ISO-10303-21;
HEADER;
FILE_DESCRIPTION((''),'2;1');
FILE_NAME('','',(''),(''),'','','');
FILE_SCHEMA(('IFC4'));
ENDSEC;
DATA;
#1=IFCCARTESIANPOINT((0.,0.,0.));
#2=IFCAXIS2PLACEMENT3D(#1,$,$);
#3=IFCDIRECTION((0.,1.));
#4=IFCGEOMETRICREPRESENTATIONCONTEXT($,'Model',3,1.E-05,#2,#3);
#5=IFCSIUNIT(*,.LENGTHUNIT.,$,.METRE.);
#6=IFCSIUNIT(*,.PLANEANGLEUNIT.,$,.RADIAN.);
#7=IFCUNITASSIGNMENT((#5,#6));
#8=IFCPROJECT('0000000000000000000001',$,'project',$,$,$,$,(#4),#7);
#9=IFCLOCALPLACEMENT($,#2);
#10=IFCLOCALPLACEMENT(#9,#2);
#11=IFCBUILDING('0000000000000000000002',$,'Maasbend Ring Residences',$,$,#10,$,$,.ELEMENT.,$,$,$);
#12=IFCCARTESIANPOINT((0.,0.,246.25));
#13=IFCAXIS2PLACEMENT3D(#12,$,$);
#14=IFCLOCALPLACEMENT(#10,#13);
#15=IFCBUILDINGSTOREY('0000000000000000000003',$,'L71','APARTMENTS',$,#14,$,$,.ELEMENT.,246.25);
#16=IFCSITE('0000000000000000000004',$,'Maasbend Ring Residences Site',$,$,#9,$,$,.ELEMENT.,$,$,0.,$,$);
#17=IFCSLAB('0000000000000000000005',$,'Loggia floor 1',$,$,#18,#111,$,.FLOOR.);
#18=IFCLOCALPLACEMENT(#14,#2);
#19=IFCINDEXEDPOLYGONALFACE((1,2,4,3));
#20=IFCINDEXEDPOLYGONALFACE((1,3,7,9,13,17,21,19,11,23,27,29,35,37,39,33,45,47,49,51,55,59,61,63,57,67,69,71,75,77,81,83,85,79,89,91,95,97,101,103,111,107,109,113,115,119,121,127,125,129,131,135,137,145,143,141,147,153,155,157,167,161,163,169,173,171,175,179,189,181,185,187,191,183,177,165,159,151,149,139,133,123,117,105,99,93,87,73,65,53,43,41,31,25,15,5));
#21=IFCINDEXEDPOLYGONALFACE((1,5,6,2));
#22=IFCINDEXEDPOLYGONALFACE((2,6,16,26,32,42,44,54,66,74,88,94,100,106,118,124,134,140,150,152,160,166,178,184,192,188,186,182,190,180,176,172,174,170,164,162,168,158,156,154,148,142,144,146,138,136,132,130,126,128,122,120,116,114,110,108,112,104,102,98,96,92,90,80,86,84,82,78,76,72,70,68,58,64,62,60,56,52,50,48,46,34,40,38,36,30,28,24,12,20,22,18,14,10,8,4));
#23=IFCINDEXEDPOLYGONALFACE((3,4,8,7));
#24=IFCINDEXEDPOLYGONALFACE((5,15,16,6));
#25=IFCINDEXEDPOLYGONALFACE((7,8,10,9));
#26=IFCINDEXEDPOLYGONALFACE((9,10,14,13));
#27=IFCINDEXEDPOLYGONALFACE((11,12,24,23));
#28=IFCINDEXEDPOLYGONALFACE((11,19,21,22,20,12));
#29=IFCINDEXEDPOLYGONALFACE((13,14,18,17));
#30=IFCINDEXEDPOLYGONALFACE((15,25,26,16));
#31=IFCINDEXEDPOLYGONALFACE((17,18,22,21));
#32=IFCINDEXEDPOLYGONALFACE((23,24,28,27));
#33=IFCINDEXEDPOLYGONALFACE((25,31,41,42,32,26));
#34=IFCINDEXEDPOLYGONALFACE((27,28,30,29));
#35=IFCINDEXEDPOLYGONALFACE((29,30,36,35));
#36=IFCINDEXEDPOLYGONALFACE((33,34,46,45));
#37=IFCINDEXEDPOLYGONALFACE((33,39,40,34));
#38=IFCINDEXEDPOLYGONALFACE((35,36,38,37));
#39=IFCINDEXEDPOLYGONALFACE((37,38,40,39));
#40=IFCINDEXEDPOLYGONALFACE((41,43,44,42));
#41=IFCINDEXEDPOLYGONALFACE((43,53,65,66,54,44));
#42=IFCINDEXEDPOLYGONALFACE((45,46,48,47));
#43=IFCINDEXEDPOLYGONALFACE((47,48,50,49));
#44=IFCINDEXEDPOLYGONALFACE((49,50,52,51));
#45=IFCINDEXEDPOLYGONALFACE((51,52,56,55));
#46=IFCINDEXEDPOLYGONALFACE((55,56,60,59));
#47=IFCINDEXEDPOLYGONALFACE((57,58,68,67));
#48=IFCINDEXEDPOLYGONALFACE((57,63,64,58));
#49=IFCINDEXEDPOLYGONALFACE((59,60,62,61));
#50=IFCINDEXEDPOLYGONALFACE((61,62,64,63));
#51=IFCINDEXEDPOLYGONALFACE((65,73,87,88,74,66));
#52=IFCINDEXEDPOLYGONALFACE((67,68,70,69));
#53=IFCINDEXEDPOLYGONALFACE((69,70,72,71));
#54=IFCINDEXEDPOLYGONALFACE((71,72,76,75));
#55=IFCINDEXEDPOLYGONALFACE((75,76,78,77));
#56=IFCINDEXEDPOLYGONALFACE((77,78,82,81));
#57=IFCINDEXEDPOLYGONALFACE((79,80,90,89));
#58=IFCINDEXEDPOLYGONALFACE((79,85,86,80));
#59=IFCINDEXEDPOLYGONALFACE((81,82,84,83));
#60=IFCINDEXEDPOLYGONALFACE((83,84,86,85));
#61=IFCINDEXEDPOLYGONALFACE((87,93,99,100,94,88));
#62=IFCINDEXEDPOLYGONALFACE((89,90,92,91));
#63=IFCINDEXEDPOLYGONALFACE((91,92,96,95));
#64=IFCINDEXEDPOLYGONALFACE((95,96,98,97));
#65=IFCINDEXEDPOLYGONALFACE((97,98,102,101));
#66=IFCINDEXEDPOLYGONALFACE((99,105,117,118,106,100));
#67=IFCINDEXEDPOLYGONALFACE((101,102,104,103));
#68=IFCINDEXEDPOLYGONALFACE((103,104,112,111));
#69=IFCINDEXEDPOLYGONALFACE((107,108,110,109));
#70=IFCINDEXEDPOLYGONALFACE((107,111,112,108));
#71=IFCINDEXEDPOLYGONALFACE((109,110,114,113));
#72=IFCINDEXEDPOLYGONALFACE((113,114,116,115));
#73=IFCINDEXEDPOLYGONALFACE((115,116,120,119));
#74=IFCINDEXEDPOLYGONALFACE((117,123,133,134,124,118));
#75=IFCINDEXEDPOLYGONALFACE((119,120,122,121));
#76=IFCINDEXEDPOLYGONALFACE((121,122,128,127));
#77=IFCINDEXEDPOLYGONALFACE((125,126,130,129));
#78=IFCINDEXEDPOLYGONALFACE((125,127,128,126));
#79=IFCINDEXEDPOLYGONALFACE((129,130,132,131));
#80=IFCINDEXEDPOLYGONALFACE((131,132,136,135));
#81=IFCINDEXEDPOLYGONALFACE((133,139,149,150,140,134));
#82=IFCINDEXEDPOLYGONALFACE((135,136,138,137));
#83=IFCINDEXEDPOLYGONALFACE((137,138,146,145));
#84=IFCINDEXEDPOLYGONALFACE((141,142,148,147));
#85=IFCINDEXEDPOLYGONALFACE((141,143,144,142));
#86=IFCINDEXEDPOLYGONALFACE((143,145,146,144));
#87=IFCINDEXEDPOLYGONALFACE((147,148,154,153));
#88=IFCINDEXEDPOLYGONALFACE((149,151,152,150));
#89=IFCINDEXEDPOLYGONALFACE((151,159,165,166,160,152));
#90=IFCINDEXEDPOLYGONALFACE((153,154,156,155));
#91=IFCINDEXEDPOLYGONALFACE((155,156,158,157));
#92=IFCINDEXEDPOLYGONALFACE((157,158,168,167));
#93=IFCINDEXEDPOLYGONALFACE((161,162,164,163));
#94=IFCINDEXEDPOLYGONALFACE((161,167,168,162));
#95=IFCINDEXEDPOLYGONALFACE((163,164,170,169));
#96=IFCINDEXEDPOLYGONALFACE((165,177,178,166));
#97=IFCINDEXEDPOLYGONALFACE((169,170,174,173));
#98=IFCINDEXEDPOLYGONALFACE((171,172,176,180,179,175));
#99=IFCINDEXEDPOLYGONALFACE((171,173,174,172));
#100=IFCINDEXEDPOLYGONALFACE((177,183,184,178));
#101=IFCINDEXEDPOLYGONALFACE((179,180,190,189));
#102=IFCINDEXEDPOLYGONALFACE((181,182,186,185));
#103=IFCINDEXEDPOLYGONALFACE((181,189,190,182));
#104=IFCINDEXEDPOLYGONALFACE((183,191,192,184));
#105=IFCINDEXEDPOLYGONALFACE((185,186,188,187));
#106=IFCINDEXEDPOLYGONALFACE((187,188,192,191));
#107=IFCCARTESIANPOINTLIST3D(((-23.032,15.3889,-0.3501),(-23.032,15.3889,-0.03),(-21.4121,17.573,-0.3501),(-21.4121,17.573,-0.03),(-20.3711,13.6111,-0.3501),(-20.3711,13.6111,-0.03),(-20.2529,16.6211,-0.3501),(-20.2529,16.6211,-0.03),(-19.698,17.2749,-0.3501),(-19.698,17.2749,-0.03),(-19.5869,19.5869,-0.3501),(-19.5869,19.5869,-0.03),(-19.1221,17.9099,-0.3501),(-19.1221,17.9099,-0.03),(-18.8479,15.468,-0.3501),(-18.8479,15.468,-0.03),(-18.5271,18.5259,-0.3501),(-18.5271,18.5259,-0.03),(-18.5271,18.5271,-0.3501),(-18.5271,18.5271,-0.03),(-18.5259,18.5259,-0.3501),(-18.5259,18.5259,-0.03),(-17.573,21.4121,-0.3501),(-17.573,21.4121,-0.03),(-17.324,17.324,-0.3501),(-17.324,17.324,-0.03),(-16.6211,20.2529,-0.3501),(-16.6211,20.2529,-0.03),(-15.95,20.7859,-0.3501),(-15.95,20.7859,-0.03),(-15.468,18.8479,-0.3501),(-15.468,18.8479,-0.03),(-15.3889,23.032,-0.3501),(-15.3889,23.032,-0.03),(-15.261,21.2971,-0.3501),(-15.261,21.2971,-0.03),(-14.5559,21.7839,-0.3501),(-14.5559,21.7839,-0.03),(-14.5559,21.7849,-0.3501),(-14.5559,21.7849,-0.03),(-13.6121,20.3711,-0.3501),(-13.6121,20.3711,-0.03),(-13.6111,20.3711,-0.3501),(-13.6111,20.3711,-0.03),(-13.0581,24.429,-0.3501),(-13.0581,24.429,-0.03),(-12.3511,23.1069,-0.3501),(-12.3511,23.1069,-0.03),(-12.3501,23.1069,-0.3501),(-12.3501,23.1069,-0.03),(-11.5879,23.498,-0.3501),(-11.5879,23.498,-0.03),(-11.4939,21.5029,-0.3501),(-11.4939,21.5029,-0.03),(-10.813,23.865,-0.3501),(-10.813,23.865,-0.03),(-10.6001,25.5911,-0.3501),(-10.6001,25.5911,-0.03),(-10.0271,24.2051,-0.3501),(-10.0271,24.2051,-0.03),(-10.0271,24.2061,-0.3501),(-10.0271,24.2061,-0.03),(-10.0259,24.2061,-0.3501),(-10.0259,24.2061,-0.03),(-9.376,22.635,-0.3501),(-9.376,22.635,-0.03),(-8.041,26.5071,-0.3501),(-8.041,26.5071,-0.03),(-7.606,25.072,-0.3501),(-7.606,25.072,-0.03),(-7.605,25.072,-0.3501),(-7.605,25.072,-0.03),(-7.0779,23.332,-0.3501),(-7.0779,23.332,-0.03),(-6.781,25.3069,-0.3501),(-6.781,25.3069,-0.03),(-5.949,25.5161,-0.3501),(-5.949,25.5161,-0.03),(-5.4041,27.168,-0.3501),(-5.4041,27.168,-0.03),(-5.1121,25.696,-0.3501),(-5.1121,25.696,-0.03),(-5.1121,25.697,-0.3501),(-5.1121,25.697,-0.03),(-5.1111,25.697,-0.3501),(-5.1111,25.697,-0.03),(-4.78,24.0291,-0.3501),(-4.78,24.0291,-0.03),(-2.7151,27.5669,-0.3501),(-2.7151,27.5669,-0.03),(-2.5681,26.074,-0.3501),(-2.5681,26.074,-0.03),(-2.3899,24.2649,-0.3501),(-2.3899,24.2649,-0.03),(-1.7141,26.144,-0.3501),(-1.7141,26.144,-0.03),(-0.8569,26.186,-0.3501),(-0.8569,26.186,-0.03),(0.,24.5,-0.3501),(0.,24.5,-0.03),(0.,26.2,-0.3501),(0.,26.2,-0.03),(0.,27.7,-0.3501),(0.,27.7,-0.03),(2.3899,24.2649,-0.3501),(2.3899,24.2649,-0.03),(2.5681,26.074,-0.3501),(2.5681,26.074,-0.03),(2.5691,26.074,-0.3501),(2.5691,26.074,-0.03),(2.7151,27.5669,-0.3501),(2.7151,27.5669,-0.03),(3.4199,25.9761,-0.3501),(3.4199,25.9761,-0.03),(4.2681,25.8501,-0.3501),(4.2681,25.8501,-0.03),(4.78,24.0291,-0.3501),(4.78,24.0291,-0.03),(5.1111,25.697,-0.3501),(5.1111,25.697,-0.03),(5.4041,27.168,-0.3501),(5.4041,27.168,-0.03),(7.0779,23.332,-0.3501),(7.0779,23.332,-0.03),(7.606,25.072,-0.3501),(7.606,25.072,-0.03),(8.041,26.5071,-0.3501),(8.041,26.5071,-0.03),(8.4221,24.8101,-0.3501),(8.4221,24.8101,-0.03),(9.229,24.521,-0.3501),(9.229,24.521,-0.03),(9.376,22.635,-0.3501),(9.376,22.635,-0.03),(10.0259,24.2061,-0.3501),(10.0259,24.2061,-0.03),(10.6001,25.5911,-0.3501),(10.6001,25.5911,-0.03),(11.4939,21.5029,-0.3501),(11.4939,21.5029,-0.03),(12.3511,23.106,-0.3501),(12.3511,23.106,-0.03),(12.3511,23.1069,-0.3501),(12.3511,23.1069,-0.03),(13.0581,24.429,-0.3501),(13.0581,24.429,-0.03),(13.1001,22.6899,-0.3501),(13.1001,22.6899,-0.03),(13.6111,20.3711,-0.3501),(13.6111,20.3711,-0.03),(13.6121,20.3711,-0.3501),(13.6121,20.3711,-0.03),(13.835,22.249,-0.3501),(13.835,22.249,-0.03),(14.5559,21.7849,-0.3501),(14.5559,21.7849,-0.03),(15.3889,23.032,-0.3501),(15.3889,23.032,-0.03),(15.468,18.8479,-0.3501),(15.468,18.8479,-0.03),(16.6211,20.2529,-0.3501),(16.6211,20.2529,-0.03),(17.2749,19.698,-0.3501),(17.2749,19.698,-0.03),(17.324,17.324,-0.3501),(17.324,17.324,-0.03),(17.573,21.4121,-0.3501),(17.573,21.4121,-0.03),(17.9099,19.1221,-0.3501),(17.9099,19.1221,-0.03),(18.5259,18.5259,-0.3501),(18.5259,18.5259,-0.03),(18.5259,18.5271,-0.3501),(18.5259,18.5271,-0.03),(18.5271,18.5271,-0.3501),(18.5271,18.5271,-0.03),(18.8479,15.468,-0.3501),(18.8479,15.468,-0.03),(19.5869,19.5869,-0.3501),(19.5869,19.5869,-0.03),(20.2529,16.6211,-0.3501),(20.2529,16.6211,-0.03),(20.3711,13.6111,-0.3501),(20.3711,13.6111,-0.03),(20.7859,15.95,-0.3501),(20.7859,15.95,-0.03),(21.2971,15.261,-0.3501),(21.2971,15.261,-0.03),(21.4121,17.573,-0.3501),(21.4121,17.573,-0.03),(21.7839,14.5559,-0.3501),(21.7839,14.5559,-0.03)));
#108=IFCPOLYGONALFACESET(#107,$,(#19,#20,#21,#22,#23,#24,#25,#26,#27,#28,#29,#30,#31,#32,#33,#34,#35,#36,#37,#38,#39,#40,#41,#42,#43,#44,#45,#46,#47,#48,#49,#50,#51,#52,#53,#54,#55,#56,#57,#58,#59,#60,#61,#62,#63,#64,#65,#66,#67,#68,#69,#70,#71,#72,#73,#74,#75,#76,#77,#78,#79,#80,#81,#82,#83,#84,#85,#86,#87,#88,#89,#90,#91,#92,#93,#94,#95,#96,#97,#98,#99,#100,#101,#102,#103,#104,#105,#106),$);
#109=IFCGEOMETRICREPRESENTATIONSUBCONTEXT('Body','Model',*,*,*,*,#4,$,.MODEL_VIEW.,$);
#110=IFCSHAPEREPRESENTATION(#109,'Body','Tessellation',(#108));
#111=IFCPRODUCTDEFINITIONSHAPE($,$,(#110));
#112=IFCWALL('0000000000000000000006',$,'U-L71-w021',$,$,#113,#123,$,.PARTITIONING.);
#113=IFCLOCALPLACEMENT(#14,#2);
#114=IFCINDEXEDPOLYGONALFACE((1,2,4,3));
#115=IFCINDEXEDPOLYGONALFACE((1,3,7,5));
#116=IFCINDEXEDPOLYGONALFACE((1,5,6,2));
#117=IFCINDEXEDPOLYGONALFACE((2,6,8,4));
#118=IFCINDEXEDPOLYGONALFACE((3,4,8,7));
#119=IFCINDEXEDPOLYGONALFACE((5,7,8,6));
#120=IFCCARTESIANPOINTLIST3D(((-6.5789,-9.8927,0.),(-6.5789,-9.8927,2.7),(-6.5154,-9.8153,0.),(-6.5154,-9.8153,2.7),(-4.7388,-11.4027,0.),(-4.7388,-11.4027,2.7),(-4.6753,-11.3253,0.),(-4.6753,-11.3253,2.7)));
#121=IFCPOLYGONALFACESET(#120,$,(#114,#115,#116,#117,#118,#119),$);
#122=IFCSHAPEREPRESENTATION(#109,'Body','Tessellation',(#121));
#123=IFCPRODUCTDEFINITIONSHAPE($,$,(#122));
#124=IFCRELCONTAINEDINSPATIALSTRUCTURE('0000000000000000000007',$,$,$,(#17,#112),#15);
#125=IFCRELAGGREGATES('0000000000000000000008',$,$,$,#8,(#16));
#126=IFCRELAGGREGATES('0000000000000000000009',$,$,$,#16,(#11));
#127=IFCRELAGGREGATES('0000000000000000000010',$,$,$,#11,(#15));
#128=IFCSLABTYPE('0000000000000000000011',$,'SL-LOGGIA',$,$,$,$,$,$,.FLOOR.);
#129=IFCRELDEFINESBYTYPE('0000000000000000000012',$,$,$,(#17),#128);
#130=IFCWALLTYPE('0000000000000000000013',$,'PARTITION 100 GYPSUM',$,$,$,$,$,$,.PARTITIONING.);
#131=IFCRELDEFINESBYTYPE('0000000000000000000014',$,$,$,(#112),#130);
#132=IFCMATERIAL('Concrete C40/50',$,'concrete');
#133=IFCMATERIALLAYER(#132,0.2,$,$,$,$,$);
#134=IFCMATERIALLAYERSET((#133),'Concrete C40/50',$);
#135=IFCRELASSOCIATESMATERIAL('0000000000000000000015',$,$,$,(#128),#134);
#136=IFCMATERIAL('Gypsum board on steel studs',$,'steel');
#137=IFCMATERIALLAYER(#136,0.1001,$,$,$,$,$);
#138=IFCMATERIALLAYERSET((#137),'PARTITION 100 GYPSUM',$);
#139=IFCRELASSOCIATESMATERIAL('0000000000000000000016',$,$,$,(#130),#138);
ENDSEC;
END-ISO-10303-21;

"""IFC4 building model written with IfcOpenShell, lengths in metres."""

from ifc_helpers import new_model, si_unit, direction, frame, frame_2d, origin, place, context, subcontext, project, spatial, polyline, rectangle, outline, extrude, material, layer, layer_set, type_object, element, save


model = new_model("IFC4")

# Units and contexts
model_context = context("Model", 3, precision=1e-05, world=origin(), true_north=direction((0.0, 1.0)))
body_context = subcontext(model_context, "Body", "Model", "MODEL_VIEW")
ifc_project = project(units=[si_unit("LENGTHUNIT", "METRE"), si_unit("PLANEANGLEUNIT", "RADIAN")], contexts=[model_context])

# Site, building, storey
site_placement = place(None, origin())
site = spatial("IfcSite", under=ifc_project, at=site_placement, Name="Maasbend Ring Residences Site", CompositionType="ELEMENT", RefElevation=0.0)
building_placement = place(site_placement, origin())
building = spatial("IfcBuilding", under=site, at=building_placement, Name="Maasbend Ring Residences", CompositionType="ELEMENT")
storey_placement = place(building_placement, frame((0.0, 0.0, 246.25)))
storey = spatial("IfcBuildingStorey", under=building, at=storey_placement, Name="L71", Description="APARTMENTS", CompositionType="ELEMENT", Elevation=246.25)

# Slab
ifc_material_1 = material(Name="Concrete C40/50", Category="concrete")
ifc_layer_1 = layer(ifc_material_1, 0.2)
ifc_layer_set_1 = layer_set([ifc_layer_1], Name="Concrete C40/50")
slab_type_1 = type_object("IfcSlabType", Name="SL-LOGGIA", PredefinedType="FLOOR", material=ifc_layer_set_1)
slab_1_placement = place(storey_placement, frame((0.0, 0.0, -0.3501)))
element("IfcSlab", 1, at=slab_1_placement, inside=storey, type_object=slab_type_1, Name="Loggia floor 1", PredefinedType="FLOOR", context=body_context, shape_type="SweptSolid", body=[
    extrude(outline(polyline([(-23.032, 15.3889), (-21.4121, 17.573), (-20.2529, 16.6211), (-20.2529, 16.6211), (-20.2529, 16.6211), (-20.2529, 16.6211), (-20.2529, 16.6211), (-20.2529, 16.6211), (-20.2529, 16.6211), (-20.2529, 16.6211), (-20.2529, 16.6211), (-20.2529, 16.6211), (-20.2529, 16.6211), (-20.2529, 16.6211), (-20.2529, 16.6211), (-20.2529, 16.6211), (-20.2529, 16.6211), (-20.2529, 16.6211), (-20.2529, 16.6211), (-19.698, 17.2749), (-19.1221, 17.9099), (-18.5271, 18.5259), (-18.5271, 18.5259), (-18.5259, 18.5259), (-18.5259, 18.5259), (-18.5259, 18.5259), (-18.5259, 18.5259), (-18.5259, 18.5259), (-18.5259, 18.5259), (-18.5259, 18.5259), (-18.5259, 18.5259), (-18.5259, 18.5259), (-18.5259, 18.5259), (-18.5259, 18.5259), (-18.5259, 18.5259), (-18.5259, 18.5259), (-18.5271, 18.5271), (-18.5271, 18.5271), (-19.5869, 19.5869), (-17.573, 21.4121), (-16.6211, 20.2529), (-16.6211, 20.2529), (-16.6211, 20.2529), (-16.6211, 20.2529), (-16.6211, 20.2529), (-16.6211, 20.2529), (-16.6211, 20.2529), (-16.6211, 20.2529), (-16.6211, 20.2529), (-16.6211, 20.2529), (-16.6211, 20.2529), (-16.6211, 20.2529), (-16.6211, 20.2529), (-16.6211, 20.2529), (-16.6211, 20.2529), (-16.6211, 20.2529), (-16.6211, 20.2529), (-15.95, 20.7859), (-15.261, 21.2971), (-14.5559, 21.7839), (-14.5559, 21.7839), (-14.5559, 21.7839), (-14.5559, 21.7839), (-14.5559, 21.7839), (-14.5559, 21.7839), (-14.5559, 21.7839), (-14.5559, 21.7839), (-14.5559, 21.7849), (-14.5559, 21.7849), (-14.5559, 21.7849), (-14.5559, 21.7849), (-14.5559, 21.7849), (-14.5559, 21.7849), (-14.5559, 21.7849), (-14.5559, 21.7849), (-14.5559, 21.7849), (-15.3889, 23.032), (-13.0581, 24.429), (-12.3511, 23.1069), (-12.3511, 23.1069), (-12.3511, 23.1069), (-12.3511, 23.1069), (-12.3511, 23.1069), (-12.3511, 23.1069), (-12.3511, 23.1069), (-12.3511, 23.1069), (-12.3511, 23.1069), (-12.3501, 23.1069), (-12.3501, 23.1069), (-12.3501, 23.1069), (-12.3501, 23.1069), (-12.3501, 23.1069), (-12.3501, 23.1069), (-12.3501, 23.1069), (-12.3501, 23.1069), (-11.5879, 23.498), (-10.813, 23.865), (-10.0271, 24.2051), (-10.0271, 24.2051), (-10.0271, 24.2051), (-10.0271, 24.2061), (-10.0271, 24.2061), (-10.0271, 24.2061), (-10.0271, 24.2061), (-10.0271, 24.2061), (-10.0259, 24.2061), (-10.0259, 24.2061), (-10.0259, 24.2061), (-10.0259, 24.2061), (-10.0259, 24.2061), (-10.0259, 24.2061), (-10.0259, 24.2061), (-10.0259, 24.2061), (-10.0259, 24.2061), (-10.6001, 25.5911), (-8.041, 26.5071), (-7.606, 25.072), (-7.606, 25.072), (-7.606, 25.072), (-7.606, 25.072), (-7.606, 25.072), (-7.605, 25.072), (-7.605, 25.072), (-7.605, 25.072), (-7.605, 25.072), (-7.605, 25.072), (-7.605, 25.072), (-7.605, 25.072), (-7.605, 25.072), (-7.605, 25.072), (-7.605, 25.072), (-7.605, 25.072), (-7.605, 25.072), (-6.781, 25.3069), (-5.949, 25.5161), (-5.1121, 25.696), (-5.1121, 25.696), (-5.1121, 25.697), (-5.1121, 25.697), (-5.1121, 25.697), (-5.1121, 25.697), (-5.1121, 25.697), (-5.1121, 25.697), (-5.1121, 25.697), (-5.1121, 25.697), (-5.1111, 25.697), (-5.1111, 25.697), (-5.1111, 25.697), (-5.1111, 25.697), (-5.1111, 25.697), (-5.1111, 25.697), (-5.1111, 25.697), (-5.4041, 27.168), (-2.7151, 27.5669), (-2.5681, 26.074), (-2.5681, 26.074), (-2.5681, 26.074), (-2.5681, 26.074), (-2.5681, 26.074), (-2.5681, 26.074), (-2.5681, 26.074), (-2.5681, 26.074), (-2.5681, 26.074), (-2.5681, 26.074), (-2.5681, 26.074), (-2.5681, 26.074), (-2.5681, 26.074), (-2.5681, 26.074), (-2.5681, 26.074), (-2.5681, 26.074), (-2.5681, 26.074), (-1.7141, 26.144), (-0.8569, 26.186), (0.0, 26.2), (0.0, 26.2), (0.0, 26.2), (0.0, 26.2), (0.0, 26.2), (0.0, 26.2), (0.0, 26.2), (0.0, 26.2), (0.0, 26.2), (0.0, 26.2), (0.0, 26.2), (0.0, 26.2), (0.0, 26.2), (0.0, 26.2), (0.0, 26.2), (0.0, 26.2), (0.0, 26.2), (0.0, 27.7), (2.7151, 27.5669), (2.5681, 26.074), (2.5681, 26.074), (2.5681, 26.074), (2.5681, 26.074), (2.5681, 26.074), (2.5681, 26.074), (2.5681, 26.074), (2.5681, 26.074), (2.5681, 26.074), (2.5681, 26.074), (2.5681, 26.074), (2.5681, 26.074), (2.5681, 26.074), (2.5681, 26.074), (2.5681, 26.074), (2.5681, 26.074), (2.5691, 26.074), (3.4199, 25.9761), (4.2681, 25.8501), (5.1111, 25.697), (5.1111, 25.697), (5.1111, 25.697), (5.1111, 25.697), (5.1111, 25.697), (5.1111, 25.697), (5.1111, 25.697), (5.1111, 25.697), (5.1111, 25.697), (5.1111, 25.697), (5.1111, 25.697), (5.1111, 25.697), (5.1111, 25.697), (5.1111, 25.697), (5.1111, 25.697), (5.1111, 25.697), (5.1111, 25.697), (5.4041, 27.168), (8.041, 26.5071), (7.606, 25.072), (7.606, 25.072), (7.606, 25.072), (7.606, 25.072), (7.606, 25.072), (7.606, 25.072), (7.606, 25.072), (7.606, 25.072), (7.606, 25.072), (7.606, 25.072), (7.606, 25.072), (7.606, 25.072), (7.606, 25.072), (7.606, 25.072), (7.606, 25.072), (7.606, 25.072), (7.606, 25.072), (8.4221, 24.8101), (9.229, 24.521), (10.0259, 24.2061), (10.0259, 24.2061), (10.0259, 24.2061), (10.0259, 24.2061), (10.0259, 24.2061), (10.0259, 24.2061), (10.0259, 24.2061), (10.0259, 24.2061), (10.0259, 24.2061), (10.0259, 24.2061), (10.0259, 24.2061), (10.0259, 24.2061), (10.0259, 24.2061), (10.0259, 24.2061), (10.0259, 24.2061), (10.0259, 24.2061), (10.0259, 24.2061), (10.6001, 25.5911), (13.0581, 24.429), (12.3511, 23.1069), (12.3511, 23.1069), (12.3511, 23.1069), (12.3511, 23.1069), (12.3511, 23.1069), (12.3511, 23.1069), (12.3511, 23.106), (12.3511, 23.106), (12.3511, 23.106), (12.3511, 23.106), (12.3511, 23.106), (12.3511, 23.106), (12.3511, 23.106), (12.3511, 23.106), (12.3511, 23.106), (12.3511, 23.106), (12.3511, 23.106), (13.1001, 22.6899), (13.835, 22.249), (14.5559, 21.7849), (14.5559, 21.7849), (14.5559, 21.7849), (14.5559, 21.7849), (14.5559, 21.7849), (14.5559, 21.7849), (14.5559, 21.7849), (14.5559, 21.7849), (14.5559, 21.7849), (14.5559, 21.7849), (14.5559, 21.7849), (14.5559, 21.7849), (14.5559, 21.7849), (14.5559, 21.7849), (14.5559, 21.7849), (14.5559, 21.7849), (14.5559, 21.7849), (15.3889, 23.032), (17.573, 21.4121), (16.6211, 20.2529), (16.6211, 20.2529), (16.6211, 20.2529), (16.6211, 20.2529), (16.6211, 20.2529), (16.6211, 20.2529), (16.6211, 20.2529), (16.6211, 20.2529), (16.6211, 20.2529), (16.6211, 20.2529), (16.6211, 20.2529), (16.6211, 20.2529), (16.6211, 20.2529), (16.6211, 20.2529), (16.6211, 20.2529), (16.6211, 20.2529), (16.6211, 20.2529), (17.2749, 19.698), (17.9099, 19.1221), (18.5259, 18.5271), (18.5259, 18.5271), (18.5259, 18.5259), (18.5259, 18.5259), (18.5259, 18.5259), (18.5259, 18.5259), (18.5259, 18.5259), (18.5259, 18.5259), (18.5259, 18.5259), (18.5259, 18.5259), (18.5259, 18.5259), (18.5259, 18.5259), (18.5259, 18.5259), (18.5259, 18.5259), (18.5259, 18.5259), (18.5271, 18.5271), (18.5271, 18.5271), (19.5869, 19.5869), (21.4121, 17.573), (20.2529, 16.6211), (20.2529, 16.6211), (20.2529, 16.6211), (20.2529, 16.6211), (20.2529, 16.6211), (20.2529, 16.6211), (20.2529, 16.6211), (20.2529, 16.6211), (20.2529, 16.6211), (20.2529, 16.6211), (20.2529, 16.6211), (20.2529, 16.6211), (20.2529, 16.6211), (20.2529, 16.6211), (20.2529, 16.6211), (20.2529, 16.6211), (20.2529, 16.6211), (20.7859, 15.95), (21.2971, 15.261), (21.7839, 14.5559), (20.3711, 13.6111), (18.8479, 15.468), (17.324, 17.324), (17.324, 17.324), (17.324, 17.324), (15.468, 18.8479), (13.6121, 20.3711), (13.6111, 20.3711), (13.6111, 20.3711), (11.4939, 21.5029), (9.376, 22.635), (9.376, 22.635), (9.376, 22.635), (7.0779, 23.332), (4.78, 24.0291), (4.78, 24.0291), (4.78, 24.0291), (2.3899, 24.2649), (0.0, 24.5), (0.0, 24.5), (0.0, 24.5), (-2.3899, 24.2649), (-4.78, 24.0291), (-4.78, 24.0291), (-4.78, 24.0291), (-7.0779, 23.332), (-9.376, 22.635), (-9.376, 22.635), (-9.376, 22.635), (-11.4939, 21.5029), (-13.6111, 20.3711), (-13.6111, 20.3711), (-13.6121, 20.3711), (-15.468, 18.8479), (-17.324, 17.324), (-17.324, 17.324), (-17.324, 17.324), (-18.8479, 15.468), (-20.3711, 13.6111), (-23.032, 15.3889)])), origin(), (0.0, 0.0, 1.0), 0.3201),
])

# Wall
ifc_material_2 = material(Name="Gypsum board on steel studs", Category="steel")
ifc_layer_2 = layer(ifc_material_2, 0.1001)
ifc_layer_set_2 = layer_set([ifc_layer_2], Name="PARTITION 100 GYPSUM")
wall_type_1 = type_object("IfcWallType", Name="PARTITION 100 GYPSUM", PredefinedType="PARTITIONING", material=ifc_layer_set_2)
wall_1_placement = place(storey_placement, frame((-6.5471, -9.854, 0.0), z_axis=(0.0, 0.0, 1.0), x_axis=(0.773033, -0.634365, 0.0)))
element("IfcWall", 2, at=wall_1_placement, inside=storey, type_object=wall_type_1, Name="U-L71-w021", PredefinedType="PARTITIONING", context=body_context, shape_type="SweptSolid", body=[
    extrude(rectangle(XDim=2.3804, YDim=0.1001, at=frame_2d((1.1902, 0.0))), origin(), (0.0, 0.0, 1.0), 2.7),
])

save(model, "model.ifc")
